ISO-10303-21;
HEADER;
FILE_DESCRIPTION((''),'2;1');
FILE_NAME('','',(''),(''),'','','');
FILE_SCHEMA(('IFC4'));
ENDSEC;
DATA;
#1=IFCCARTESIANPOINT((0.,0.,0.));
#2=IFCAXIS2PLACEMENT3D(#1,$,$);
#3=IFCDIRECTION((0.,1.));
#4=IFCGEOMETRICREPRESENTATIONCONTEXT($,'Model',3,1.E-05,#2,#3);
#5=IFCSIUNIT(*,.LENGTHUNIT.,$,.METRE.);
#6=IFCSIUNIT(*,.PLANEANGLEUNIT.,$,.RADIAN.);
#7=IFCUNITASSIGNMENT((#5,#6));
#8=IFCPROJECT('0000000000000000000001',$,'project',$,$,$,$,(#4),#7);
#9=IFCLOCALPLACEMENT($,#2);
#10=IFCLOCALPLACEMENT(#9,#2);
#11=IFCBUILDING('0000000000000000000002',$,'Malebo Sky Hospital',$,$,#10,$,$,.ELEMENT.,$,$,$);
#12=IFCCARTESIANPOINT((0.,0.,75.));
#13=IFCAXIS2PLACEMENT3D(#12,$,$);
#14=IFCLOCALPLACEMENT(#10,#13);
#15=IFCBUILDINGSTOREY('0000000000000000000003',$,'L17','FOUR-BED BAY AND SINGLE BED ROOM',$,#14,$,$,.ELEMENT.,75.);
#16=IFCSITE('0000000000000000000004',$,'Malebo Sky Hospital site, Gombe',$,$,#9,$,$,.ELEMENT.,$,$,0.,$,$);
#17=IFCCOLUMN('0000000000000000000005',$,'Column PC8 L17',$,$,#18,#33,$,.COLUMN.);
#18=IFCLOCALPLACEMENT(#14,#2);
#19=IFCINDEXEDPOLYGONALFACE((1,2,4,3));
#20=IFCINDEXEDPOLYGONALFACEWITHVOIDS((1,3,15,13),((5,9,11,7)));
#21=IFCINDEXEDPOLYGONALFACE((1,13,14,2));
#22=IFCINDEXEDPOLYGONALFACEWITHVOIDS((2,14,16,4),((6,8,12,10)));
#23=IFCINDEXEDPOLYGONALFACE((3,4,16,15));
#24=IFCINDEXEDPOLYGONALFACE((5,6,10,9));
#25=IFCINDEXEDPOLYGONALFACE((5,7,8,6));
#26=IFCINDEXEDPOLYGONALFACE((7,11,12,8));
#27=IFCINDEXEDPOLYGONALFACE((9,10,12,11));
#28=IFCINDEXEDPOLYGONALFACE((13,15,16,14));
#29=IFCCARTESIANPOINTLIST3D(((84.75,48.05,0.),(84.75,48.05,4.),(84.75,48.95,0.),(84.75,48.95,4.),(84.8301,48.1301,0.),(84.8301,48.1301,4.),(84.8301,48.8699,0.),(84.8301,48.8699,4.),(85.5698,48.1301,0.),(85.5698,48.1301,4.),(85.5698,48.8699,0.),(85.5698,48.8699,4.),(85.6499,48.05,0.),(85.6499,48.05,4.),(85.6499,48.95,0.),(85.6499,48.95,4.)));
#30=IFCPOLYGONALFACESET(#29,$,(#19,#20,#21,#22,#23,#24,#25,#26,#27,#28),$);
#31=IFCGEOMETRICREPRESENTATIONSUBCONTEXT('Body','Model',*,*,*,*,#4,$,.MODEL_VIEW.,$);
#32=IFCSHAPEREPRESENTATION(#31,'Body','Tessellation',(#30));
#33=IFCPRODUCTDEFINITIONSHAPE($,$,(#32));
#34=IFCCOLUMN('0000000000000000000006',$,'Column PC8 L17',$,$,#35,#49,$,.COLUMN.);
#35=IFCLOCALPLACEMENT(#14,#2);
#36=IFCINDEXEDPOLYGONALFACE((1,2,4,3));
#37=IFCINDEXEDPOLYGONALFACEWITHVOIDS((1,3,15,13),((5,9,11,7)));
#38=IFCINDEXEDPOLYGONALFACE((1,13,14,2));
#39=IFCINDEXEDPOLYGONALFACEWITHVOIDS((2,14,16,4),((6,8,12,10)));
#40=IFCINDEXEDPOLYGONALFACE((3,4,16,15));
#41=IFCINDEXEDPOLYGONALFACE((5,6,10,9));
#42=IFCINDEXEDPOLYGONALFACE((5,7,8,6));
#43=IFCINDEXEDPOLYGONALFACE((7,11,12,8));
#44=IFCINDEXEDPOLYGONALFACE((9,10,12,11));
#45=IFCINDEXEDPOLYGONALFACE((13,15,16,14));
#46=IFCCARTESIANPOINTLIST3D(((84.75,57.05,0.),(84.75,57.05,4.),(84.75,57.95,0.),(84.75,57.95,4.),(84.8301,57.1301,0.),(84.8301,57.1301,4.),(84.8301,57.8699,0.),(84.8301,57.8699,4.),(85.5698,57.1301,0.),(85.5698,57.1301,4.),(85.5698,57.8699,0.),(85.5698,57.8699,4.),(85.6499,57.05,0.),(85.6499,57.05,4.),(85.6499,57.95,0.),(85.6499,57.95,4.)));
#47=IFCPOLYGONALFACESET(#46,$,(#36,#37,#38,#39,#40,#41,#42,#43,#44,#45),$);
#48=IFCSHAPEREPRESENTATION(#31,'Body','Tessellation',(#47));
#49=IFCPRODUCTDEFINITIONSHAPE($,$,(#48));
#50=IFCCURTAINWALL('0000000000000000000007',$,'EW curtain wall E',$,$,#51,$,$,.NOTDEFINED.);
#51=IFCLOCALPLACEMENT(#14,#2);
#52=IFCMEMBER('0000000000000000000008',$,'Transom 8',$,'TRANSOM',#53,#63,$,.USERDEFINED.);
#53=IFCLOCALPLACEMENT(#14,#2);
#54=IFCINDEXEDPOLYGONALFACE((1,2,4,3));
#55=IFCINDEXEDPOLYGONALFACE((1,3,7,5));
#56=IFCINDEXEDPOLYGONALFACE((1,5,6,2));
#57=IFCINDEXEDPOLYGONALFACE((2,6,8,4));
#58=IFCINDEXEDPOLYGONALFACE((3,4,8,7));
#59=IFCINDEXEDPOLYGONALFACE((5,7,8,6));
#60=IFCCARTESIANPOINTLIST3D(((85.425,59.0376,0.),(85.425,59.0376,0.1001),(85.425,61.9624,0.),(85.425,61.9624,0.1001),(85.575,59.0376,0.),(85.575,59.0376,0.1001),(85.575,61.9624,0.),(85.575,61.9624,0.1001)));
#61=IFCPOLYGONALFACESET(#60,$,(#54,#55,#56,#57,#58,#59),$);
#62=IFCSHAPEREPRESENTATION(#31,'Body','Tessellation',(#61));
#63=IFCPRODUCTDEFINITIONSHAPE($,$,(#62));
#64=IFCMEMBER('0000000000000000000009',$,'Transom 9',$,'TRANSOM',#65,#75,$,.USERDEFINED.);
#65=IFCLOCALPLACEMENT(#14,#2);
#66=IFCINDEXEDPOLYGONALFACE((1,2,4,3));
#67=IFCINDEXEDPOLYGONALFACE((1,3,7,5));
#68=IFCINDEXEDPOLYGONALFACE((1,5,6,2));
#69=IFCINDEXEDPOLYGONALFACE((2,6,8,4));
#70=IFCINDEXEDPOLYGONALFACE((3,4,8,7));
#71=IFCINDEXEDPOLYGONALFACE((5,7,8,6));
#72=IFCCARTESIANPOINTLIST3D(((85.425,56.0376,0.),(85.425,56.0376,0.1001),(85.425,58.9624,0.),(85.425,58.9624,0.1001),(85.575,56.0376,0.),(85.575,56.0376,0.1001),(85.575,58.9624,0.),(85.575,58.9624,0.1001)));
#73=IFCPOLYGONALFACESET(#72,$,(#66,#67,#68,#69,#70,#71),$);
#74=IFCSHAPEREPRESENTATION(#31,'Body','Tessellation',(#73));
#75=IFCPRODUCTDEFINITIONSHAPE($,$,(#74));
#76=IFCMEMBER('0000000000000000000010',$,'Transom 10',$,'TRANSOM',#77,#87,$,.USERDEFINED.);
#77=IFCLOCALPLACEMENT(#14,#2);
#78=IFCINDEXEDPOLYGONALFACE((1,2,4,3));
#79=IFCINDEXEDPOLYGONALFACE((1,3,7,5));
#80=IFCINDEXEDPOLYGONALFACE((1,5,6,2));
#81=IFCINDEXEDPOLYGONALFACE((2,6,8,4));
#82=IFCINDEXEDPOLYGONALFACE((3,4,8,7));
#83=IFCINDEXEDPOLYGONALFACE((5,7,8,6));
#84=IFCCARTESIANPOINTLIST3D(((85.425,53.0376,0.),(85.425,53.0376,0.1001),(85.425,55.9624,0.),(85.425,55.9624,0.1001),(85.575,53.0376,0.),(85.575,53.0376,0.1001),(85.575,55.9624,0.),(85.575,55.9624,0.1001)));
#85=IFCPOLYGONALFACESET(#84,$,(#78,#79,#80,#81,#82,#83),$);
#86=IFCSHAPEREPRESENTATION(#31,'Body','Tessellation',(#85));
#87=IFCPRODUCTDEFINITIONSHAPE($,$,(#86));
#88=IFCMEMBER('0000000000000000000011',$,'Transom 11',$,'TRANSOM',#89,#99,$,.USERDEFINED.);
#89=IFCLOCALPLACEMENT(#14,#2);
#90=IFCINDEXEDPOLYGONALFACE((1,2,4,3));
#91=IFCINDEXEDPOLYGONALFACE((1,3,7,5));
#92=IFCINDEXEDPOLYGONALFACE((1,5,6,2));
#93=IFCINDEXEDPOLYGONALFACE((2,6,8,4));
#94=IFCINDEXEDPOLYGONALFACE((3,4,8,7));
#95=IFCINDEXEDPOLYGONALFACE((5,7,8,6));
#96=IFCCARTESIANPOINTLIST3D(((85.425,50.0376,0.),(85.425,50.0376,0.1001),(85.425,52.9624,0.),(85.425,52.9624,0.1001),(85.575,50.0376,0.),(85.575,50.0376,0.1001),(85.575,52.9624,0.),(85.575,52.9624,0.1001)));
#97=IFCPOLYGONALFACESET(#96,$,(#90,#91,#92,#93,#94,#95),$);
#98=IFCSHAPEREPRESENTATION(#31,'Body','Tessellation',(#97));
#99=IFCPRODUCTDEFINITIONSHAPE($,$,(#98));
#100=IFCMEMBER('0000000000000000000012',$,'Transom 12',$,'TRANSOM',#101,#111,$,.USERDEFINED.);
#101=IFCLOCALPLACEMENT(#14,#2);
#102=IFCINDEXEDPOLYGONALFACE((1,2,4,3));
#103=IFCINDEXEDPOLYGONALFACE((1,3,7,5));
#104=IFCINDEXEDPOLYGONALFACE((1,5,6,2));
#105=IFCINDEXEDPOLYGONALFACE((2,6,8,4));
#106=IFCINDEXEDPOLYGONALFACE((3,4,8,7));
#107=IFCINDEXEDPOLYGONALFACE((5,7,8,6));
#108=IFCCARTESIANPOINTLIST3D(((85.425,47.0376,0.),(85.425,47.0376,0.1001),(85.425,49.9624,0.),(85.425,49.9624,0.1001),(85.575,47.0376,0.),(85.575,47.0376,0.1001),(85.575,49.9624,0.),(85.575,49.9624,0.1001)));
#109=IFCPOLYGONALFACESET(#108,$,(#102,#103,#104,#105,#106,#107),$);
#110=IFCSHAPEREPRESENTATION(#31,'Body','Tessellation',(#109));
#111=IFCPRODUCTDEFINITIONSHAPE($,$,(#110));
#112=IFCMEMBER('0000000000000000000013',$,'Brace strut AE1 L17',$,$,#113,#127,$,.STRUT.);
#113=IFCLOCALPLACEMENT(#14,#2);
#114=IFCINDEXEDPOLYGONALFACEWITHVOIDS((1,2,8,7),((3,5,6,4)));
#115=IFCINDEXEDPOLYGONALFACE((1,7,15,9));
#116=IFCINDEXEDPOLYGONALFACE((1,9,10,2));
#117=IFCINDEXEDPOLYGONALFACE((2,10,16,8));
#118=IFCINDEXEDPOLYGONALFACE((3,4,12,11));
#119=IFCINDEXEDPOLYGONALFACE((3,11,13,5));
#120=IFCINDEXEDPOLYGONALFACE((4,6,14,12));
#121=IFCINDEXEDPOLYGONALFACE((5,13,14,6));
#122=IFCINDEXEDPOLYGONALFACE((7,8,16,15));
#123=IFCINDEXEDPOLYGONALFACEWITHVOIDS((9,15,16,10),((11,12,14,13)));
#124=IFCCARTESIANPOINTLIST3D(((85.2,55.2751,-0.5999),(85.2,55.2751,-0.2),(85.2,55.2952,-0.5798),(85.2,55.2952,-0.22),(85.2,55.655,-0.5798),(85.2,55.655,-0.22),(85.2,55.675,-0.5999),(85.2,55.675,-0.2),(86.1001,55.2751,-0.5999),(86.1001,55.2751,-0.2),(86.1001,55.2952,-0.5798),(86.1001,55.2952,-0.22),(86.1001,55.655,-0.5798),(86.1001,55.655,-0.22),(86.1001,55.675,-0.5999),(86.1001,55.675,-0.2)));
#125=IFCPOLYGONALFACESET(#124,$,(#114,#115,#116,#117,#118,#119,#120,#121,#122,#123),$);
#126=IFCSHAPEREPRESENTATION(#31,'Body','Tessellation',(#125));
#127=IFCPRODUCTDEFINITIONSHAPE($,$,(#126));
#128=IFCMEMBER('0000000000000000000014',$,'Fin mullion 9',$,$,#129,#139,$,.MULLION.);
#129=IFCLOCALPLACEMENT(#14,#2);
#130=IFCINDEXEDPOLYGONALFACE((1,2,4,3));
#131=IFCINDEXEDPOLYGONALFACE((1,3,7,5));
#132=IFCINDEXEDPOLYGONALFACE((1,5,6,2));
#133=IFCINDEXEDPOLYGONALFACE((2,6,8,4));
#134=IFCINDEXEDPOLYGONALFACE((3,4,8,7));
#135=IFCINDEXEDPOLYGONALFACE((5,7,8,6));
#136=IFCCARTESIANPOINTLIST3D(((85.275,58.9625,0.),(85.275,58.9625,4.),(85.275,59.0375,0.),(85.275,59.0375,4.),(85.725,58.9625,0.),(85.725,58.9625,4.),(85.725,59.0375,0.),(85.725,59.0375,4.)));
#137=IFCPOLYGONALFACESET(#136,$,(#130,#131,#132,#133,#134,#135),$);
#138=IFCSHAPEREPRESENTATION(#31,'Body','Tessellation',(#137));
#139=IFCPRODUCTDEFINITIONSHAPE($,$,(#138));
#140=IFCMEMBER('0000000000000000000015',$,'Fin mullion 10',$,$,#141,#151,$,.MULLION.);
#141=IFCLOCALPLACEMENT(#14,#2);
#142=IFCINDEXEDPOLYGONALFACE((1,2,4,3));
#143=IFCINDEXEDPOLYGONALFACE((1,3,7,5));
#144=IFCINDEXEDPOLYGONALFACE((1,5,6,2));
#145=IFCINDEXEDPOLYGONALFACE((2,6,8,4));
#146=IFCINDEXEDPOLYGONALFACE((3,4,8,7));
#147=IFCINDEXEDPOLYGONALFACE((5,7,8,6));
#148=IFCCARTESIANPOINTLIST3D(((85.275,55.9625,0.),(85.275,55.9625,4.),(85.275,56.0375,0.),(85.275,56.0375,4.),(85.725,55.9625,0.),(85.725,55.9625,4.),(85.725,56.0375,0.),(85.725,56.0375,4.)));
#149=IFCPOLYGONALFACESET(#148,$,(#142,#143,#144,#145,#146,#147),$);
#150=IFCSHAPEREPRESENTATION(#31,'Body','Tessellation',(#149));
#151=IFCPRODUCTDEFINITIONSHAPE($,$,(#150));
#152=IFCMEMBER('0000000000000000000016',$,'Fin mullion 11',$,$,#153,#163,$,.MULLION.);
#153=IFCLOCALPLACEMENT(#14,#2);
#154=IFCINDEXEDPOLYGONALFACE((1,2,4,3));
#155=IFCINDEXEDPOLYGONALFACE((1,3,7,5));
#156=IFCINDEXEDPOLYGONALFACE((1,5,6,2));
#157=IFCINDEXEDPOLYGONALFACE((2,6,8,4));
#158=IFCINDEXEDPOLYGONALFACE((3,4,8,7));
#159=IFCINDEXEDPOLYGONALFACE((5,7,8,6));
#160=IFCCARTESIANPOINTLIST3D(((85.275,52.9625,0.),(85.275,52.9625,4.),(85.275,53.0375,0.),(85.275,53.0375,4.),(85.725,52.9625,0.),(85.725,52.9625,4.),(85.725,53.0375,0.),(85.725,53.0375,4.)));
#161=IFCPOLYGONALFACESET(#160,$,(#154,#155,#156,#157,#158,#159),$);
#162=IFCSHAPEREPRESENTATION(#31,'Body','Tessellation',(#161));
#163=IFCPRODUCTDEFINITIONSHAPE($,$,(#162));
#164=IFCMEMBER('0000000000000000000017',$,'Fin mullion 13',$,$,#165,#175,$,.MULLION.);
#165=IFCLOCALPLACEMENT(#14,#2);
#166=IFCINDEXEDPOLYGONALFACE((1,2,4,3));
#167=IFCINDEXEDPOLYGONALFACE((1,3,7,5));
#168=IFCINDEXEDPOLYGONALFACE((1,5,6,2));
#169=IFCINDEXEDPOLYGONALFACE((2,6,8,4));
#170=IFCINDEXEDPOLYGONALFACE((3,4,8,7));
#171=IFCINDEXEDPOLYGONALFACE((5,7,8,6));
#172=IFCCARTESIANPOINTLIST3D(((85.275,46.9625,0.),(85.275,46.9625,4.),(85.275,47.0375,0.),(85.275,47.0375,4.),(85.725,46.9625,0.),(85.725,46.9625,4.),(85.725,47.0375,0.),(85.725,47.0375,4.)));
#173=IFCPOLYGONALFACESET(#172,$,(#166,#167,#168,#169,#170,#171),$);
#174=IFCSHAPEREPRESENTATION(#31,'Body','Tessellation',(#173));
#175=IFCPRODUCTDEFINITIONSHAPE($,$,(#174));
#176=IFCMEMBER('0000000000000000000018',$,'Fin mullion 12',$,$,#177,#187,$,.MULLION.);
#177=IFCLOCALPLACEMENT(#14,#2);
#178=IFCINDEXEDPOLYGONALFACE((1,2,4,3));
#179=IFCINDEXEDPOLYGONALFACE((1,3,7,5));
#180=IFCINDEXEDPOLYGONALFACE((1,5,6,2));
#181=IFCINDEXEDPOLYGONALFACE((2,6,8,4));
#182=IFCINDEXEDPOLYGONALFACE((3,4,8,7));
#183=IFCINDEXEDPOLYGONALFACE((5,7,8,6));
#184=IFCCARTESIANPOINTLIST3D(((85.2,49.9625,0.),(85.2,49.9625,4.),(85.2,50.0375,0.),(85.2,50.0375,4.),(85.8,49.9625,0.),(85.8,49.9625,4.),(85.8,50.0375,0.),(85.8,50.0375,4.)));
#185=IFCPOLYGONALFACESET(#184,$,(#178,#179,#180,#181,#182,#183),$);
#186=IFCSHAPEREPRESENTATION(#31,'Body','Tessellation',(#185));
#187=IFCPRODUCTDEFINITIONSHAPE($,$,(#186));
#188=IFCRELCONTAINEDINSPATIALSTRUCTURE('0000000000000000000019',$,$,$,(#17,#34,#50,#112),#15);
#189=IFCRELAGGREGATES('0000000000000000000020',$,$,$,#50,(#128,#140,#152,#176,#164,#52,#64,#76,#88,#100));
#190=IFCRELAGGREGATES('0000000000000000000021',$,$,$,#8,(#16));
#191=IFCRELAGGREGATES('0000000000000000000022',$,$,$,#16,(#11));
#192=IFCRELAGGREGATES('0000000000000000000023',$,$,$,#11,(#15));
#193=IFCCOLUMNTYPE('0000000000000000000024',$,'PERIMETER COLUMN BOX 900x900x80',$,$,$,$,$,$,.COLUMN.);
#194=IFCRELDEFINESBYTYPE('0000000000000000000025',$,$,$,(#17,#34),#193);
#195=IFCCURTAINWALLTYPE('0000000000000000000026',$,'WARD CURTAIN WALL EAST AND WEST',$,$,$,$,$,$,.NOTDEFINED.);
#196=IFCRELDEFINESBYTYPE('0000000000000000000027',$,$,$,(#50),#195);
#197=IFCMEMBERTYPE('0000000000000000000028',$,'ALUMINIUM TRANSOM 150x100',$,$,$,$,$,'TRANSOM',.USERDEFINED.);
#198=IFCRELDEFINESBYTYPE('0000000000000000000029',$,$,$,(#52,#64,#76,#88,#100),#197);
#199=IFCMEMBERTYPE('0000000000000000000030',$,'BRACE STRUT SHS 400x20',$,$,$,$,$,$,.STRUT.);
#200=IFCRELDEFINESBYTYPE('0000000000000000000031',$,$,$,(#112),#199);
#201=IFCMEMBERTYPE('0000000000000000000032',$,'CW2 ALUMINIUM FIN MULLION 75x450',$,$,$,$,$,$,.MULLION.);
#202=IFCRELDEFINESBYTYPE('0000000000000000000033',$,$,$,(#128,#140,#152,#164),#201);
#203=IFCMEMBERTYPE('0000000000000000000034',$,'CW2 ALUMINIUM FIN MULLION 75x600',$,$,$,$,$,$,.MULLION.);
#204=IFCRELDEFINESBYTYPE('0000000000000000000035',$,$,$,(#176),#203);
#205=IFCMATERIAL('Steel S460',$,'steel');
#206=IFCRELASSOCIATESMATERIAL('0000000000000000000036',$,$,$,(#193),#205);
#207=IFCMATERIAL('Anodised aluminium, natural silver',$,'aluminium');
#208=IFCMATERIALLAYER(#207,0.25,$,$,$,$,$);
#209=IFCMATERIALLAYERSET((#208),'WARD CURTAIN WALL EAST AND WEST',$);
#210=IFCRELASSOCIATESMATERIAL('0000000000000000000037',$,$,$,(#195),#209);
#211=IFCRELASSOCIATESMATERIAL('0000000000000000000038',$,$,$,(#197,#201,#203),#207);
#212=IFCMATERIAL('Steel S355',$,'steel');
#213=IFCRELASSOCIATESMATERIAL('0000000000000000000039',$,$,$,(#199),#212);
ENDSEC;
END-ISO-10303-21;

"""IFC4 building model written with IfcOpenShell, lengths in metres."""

from ifc_helpers import new_model, si_unit, direction, frame, origin, origin_2d, place, context, subcontext, project, spatial, rectangle, hollow_rectangle, extrude, material, layer, layer_set, material_profile, profile_set, type_object, element, aggregate, save


model = new_model("IFC4")

# Units and contexts
model_context = context("Model", 3, precision=1e-05, world=origin(), true_north=direction((0.0, 1.0)))
body_context = subcontext(model_context, "Body", "Model", "MODEL_VIEW")
ifc_project = project(units=[si_unit("LENGTHUNIT", "METRE"), si_unit("PLANEANGLEUNIT", "RADIAN")], contexts=[model_context])

# Site, building, storey
site_placement = place(None, origin())
site = spatial("IfcSite", under=ifc_project, at=site_placement, Name="Malebo Sky Hospital site, Gombe", CompositionType="ELEMENT", RefElevation=0.0)
building_placement = place(site_placement, origin())
building = spatial("IfcBuilding", under=site, at=building_placement, Name="Malebo Sky Hospital", CompositionType="ELEMENT")
storey_placement = place(building_placement, frame((0.0, 0.0, 75.0)))
storey = spatial("IfcBuildingStorey", under=building, at=storey_placement, Name="L17", Description="FOUR-BED BAY AND SINGLE BED ROOM", CompositionType="ELEMENT", Elevation=75.0)

# Columns
ifc_material_1 = material(Name="Steel S460", Category="steel")
ifc_material_profile_1 = material_profile(ifc_material_1, hollow_rectangle(XDim=0.8999, YDim=0.8999, WallThickness=0.0801, at=origin_2d()), Name="BOX 900x900x80")
ifc_profile_set_1 = profile_set([ifc_material_profile_1], Name="Steel S460")
column_type = type_object("IfcColumnType", Name="PERIMETER COLUMN BOX 900x900x80", PredefinedType="COLUMN", material=ifc_profile_set_1)
for number, where, z_axis, x_axis, name in (
    (1, (85.2, 48.5, 0.0), (0.0, 0.0, 1.0), (1.0, 0.0, 0.0), "Column PC8 L17"),
    (2, (85.2, 57.5, 0.0), (0.0, 0.0, 1.0), (1.0, 0.0, 0.0), "Column PC8 L17"),
):
    element("IfcColumn", number, at=place(storey_placement, frame(where, z_axis=z_axis, x_axis=x_axis)), inside=storey, type_object=column_type, Name=name, PredefinedType="COLUMN", context=body_context, shape_type="SweptSolid", body=[
        extrude(hollow_rectangle(XDim=0.8999, YDim=0.8999, WallThickness=0.0801, at=origin_2d()), origin(), (0.0, 0.0, 1.0), 4.0),
    ])

# Curtain wall, members
ifc_material_2 = material(Name="Anodised aluminium, natural silver", Category="aluminium")
ifc_layer_1 = layer(ifc_material_2, 0.25)
ifc_layer_set_1 = layer_set([ifc_layer_1], Name="WARD CURTAIN WALL EAST AND WEST")
curtain_wall_type = type_object("IfcCurtainWallType", Name="WARD CURTAIN WALL EAST AND WEST", PredefinedType="NOTDEFINED", material=ifc_layer_set_1)
curtain_wall_placement = place(storey_placement, origin())
curtain_wall = element("IfcCurtainWall", 3, at=curtain_wall_placement, inside=storey, type_object=curtain_wall_type, Name="EW curtain wall E", PredefinedType="NOTDEFINED")
ifc_material_profile_2 = material_profile(ifc_material_2, rectangle(XDim=0.1499, YDim=0.1001, at=origin_2d()), Name="ALUMINIUM TRANSOM 150x100")
ifc_profile_set_2 = profile_set([ifc_material_profile_2], Name="Anodised aluminium, natural silver")
member_type_1 = type_object("IfcMemberType", Name="ALUMINIUM TRANSOM 150x100", ElementType="TRANSOM", PredefinedType="USERDEFINED", material=ifc_profile_set_2)
member_1_placement = place(storey_placement, frame((85.5, 61.9624, 0.05), z_axis=(0.0, -1.0, 0.0), x_axis=(1.0, 0.0, 0.0)))
member_1 = element("IfcMember", 4, at=member_1_placement, type_object=member_type_1, Name="Transom 8", ObjectType="TRANSOM", PredefinedType="USERDEFINED", context=body_context, shape_type="SweptSolid", body=[
    extrude(rectangle(XDim=0.1499, YDim=0.1001, at=origin_2d()), origin(), (0.0, 0.0, 1.0), 2.9248),
])
member_2_placement = place(storey_placement, frame((85.5, 58.9624, 0.05), z_axis=(0.0, -1.0, 0.0), x_axis=(1.0, 0.0, 0.0)))
member_2 = element("IfcMember", 5, at=member_2_placement, type_object=member_type_1, Name="Transom 9", ObjectType="TRANSOM", PredefinedType="USERDEFINED", context=body_context, shape_type="SweptSolid", body=[
    extrude(rectangle(XDim=0.1499, YDim=0.1001, at=origin_2d()), origin(), (0.0, 0.0, 1.0), 2.9248),
])
member_3_placement = place(storey_placement, frame((85.5, 55.9624, 0.05), z_axis=(0.0, -1.0, 0.0), x_axis=(1.0, 0.0, 0.0)))
member_3 = element("IfcMember", 6, at=member_3_placement, type_object=member_type_1, Name="Transom 10", ObjectType="TRANSOM", PredefinedType="USERDEFINED", context=body_context, shape_type="SweptSolid", body=[
    extrude(rectangle(XDim=0.1499, YDim=0.1001, at=origin_2d()), origin(), (0.0, 0.0, 1.0), 2.9248),
])
member_4_placement = place(storey_placement, frame((85.5, 52.9624, 0.05), z_axis=(0.0, -1.0, 0.0), x_axis=(1.0, 0.0, 0.0)))
member_4 = element("IfcMember", 7, at=member_4_placement, type_object=member_type_1, Name="Transom 11", ObjectType="TRANSOM", PredefinedType="USERDEFINED", context=body_context, shape_type="SweptSolid", body=[
    extrude(rectangle(XDim=0.1499, YDim=0.1001, at=origin_2d()), origin(), (0.0, 0.0, 1.0), 2.9248),
])
member_5_placement = place(storey_placement, frame((85.5, 49.9624, 0.05), z_axis=(0.0, -1.0, 0.0), x_axis=(1.0, 0.0, 0.0)))
member_5 = element("IfcMember", 8, at=member_5_placement, type_object=member_type_1, Name="Transom 12", ObjectType="TRANSOM", PredefinedType="USERDEFINED", context=body_context, shape_type="SweptSolid", body=[
    extrude(rectangle(XDim=0.1499, YDim=0.1001, at=origin_2d()), origin(), (0.0, 0.0, 1.0), 2.9248),
])

# Members
ifc_material_3 = material(Name="Steel S355", Category="steel")
ifc_material_profile_3 = material_profile(ifc_material_3, hollow_rectangle(XDim=0.3999, YDim=0.3999, WallThickness=0.02, at=origin_2d()), Name="SHS 400x20")
ifc_profile_set_3 = profile_set([ifc_material_profile_3], Name="Steel S355")
member_type_2 = type_object("IfcMemberType", Name="BRACE STRUT SHS 400x20", PredefinedType="STRUT", material=ifc_profile_set_3)
member_6_placement = place(storey_placement, frame((86.1001, 55.4751, -0.3999), z_axis=(-1.0, 0.0, 0.0), x_axis=(0.0, -1.0, 0.0)))
element("IfcMember", 9, at=member_6_placement, inside=storey, type_object=member_type_2, Name="Brace strut AE1 L17", PredefinedType="STRUT", context=body_context, shape_type="SweptSolid", body=[
    extrude(hollow_rectangle(XDim=0.3999, YDim=0.3999, WallThickness=0.02, at=origin_2d()), origin(), (0.0, 0.0, 1.0), 0.9001),
])
ifc_material_profile_4 = material_profile(ifc_material_2, rectangle(XDim=0.075, YDim=0.45, at=origin_2d()), Name="CW2 ALUMINIUM FIN MULLION 75x450")
ifc_profile_set_4 = profile_set([ifc_material_profile_4], Name="Anodised aluminium, natural silver")
member_type_3 = type_object("IfcMemberType", Name="CW2 ALUMINIUM FIN MULLION 75x450", PredefinedType="MULLION", material=ifc_profile_set_4)
member_7_placement = place(storey_placement, frame((85.5, 59.0, 0.0), z_axis=(0.0, 0.0, 1.0), x_axis=(0.0, -1.0, 0.0)))
member_7 = element("IfcMember", 10, at=member_7_placement, type_object=member_type_3, Name="Fin mullion 9", PredefinedType="MULLION", context=body_context, shape_type="SweptSolid", body=[
    extrude(rectangle(XDim=0.075, YDim=0.45, at=origin_2d()), origin(), (0.0, 0.0, 1.0), 4.0),
])
member_8_placement = place(storey_placement, frame((85.5, 56.0, 0.0), z_axis=(0.0, 0.0, 1.0), x_axis=(0.0, -1.0, 0.0)))
member_8 = element("IfcMember", 11, at=member_8_placement, type_object=member_type_3, Name="Fin mullion 10", PredefinedType="MULLION", context=body_context, shape_type="SweptSolid", body=[
    extrude(rectangle(XDim=0.075, YDim=0.45, at=origin_2d()), origin(), (0.0, 0.0, 1.0), 4.0),
])
member_9_placement = place(storey_placement, frame((85.5, 53.0, 0.0), z_axis=(0.0, 0.0, 1.0), x_axis=(0.0, -1.0, 0.0)))
member_9 = element("IfcMember", 12, at=member_9_placement, type_object=member_type_3, Name="Fin mullion 11", PredefinedType="MULLION", context=body_context, shape_type="SweptSolid", body=[
    extrude(rectangle(XDim=0.075, YDim=0.45, at=origin_2d()), origin(), (0.0, 0.0, 1.0), 4.0),
])
member_10_placement = place(storey_placement, frame((85.5, 47.0, 0.0), z_axis=(0.0, 0.0, 1.0), x_axis=(0.0, -1.0, 0.0)))
member_10 = element("IfcMember", 13, at=member_10_placement, type_object=member_type_3, Name="Fin mullion 13", PredefinedType="MULLION", context=body_context, shape_type="SweptSolid", body=[
    extrude(rectangle(XDim=0.075, YDim=0.45, at=origin_2d()), origin(), (0.0, 0.0, 1.0), 4.0),
])
ifc_material_profile_5 = material_profile(ifc_material_2, rectangle(XDim=0.075, YDim=0.6001, at=origin_2d()), Name="CW2 ALUMINIUM FIN MULLION 75x600")
ifc_profile_set_5 = profile_set([ifc_material_profile_5], Name="Anodised aluminium, natural silver")
member_type_4 = type_object("IfcMemberType", Name="CW2 ALUMINIUM FIN MULLION 75x600", PredefinedType="MULLION", material=ifc_profile_set_5)
member_11_placement = place(storey_placement, frame((85.5, 50.0, 0.0), z_axis=(0.0, 0.0, 1.0), x_axis=(0.0, -1.0, 0.0)))
member_11 = element("IfcMember", 14, at=member_11_placement, type_object=member_type_4, Name="Fin mullion 12", PredefinedType="MULLION", context=body_context, shape_type="SweptSolid", body=[
    extrude(rectangle(XDim=0.075, YDim=0.6001, at=origin_2d()), origin(), (0.0, 0.0, 1.0), 4.0),
])

aggregate(curtain_wall, [member_7, member_8, member_9, member_11, member_10, member_1, member_2, member_3, member_4, member_5])

save(model, "model.ifc")
